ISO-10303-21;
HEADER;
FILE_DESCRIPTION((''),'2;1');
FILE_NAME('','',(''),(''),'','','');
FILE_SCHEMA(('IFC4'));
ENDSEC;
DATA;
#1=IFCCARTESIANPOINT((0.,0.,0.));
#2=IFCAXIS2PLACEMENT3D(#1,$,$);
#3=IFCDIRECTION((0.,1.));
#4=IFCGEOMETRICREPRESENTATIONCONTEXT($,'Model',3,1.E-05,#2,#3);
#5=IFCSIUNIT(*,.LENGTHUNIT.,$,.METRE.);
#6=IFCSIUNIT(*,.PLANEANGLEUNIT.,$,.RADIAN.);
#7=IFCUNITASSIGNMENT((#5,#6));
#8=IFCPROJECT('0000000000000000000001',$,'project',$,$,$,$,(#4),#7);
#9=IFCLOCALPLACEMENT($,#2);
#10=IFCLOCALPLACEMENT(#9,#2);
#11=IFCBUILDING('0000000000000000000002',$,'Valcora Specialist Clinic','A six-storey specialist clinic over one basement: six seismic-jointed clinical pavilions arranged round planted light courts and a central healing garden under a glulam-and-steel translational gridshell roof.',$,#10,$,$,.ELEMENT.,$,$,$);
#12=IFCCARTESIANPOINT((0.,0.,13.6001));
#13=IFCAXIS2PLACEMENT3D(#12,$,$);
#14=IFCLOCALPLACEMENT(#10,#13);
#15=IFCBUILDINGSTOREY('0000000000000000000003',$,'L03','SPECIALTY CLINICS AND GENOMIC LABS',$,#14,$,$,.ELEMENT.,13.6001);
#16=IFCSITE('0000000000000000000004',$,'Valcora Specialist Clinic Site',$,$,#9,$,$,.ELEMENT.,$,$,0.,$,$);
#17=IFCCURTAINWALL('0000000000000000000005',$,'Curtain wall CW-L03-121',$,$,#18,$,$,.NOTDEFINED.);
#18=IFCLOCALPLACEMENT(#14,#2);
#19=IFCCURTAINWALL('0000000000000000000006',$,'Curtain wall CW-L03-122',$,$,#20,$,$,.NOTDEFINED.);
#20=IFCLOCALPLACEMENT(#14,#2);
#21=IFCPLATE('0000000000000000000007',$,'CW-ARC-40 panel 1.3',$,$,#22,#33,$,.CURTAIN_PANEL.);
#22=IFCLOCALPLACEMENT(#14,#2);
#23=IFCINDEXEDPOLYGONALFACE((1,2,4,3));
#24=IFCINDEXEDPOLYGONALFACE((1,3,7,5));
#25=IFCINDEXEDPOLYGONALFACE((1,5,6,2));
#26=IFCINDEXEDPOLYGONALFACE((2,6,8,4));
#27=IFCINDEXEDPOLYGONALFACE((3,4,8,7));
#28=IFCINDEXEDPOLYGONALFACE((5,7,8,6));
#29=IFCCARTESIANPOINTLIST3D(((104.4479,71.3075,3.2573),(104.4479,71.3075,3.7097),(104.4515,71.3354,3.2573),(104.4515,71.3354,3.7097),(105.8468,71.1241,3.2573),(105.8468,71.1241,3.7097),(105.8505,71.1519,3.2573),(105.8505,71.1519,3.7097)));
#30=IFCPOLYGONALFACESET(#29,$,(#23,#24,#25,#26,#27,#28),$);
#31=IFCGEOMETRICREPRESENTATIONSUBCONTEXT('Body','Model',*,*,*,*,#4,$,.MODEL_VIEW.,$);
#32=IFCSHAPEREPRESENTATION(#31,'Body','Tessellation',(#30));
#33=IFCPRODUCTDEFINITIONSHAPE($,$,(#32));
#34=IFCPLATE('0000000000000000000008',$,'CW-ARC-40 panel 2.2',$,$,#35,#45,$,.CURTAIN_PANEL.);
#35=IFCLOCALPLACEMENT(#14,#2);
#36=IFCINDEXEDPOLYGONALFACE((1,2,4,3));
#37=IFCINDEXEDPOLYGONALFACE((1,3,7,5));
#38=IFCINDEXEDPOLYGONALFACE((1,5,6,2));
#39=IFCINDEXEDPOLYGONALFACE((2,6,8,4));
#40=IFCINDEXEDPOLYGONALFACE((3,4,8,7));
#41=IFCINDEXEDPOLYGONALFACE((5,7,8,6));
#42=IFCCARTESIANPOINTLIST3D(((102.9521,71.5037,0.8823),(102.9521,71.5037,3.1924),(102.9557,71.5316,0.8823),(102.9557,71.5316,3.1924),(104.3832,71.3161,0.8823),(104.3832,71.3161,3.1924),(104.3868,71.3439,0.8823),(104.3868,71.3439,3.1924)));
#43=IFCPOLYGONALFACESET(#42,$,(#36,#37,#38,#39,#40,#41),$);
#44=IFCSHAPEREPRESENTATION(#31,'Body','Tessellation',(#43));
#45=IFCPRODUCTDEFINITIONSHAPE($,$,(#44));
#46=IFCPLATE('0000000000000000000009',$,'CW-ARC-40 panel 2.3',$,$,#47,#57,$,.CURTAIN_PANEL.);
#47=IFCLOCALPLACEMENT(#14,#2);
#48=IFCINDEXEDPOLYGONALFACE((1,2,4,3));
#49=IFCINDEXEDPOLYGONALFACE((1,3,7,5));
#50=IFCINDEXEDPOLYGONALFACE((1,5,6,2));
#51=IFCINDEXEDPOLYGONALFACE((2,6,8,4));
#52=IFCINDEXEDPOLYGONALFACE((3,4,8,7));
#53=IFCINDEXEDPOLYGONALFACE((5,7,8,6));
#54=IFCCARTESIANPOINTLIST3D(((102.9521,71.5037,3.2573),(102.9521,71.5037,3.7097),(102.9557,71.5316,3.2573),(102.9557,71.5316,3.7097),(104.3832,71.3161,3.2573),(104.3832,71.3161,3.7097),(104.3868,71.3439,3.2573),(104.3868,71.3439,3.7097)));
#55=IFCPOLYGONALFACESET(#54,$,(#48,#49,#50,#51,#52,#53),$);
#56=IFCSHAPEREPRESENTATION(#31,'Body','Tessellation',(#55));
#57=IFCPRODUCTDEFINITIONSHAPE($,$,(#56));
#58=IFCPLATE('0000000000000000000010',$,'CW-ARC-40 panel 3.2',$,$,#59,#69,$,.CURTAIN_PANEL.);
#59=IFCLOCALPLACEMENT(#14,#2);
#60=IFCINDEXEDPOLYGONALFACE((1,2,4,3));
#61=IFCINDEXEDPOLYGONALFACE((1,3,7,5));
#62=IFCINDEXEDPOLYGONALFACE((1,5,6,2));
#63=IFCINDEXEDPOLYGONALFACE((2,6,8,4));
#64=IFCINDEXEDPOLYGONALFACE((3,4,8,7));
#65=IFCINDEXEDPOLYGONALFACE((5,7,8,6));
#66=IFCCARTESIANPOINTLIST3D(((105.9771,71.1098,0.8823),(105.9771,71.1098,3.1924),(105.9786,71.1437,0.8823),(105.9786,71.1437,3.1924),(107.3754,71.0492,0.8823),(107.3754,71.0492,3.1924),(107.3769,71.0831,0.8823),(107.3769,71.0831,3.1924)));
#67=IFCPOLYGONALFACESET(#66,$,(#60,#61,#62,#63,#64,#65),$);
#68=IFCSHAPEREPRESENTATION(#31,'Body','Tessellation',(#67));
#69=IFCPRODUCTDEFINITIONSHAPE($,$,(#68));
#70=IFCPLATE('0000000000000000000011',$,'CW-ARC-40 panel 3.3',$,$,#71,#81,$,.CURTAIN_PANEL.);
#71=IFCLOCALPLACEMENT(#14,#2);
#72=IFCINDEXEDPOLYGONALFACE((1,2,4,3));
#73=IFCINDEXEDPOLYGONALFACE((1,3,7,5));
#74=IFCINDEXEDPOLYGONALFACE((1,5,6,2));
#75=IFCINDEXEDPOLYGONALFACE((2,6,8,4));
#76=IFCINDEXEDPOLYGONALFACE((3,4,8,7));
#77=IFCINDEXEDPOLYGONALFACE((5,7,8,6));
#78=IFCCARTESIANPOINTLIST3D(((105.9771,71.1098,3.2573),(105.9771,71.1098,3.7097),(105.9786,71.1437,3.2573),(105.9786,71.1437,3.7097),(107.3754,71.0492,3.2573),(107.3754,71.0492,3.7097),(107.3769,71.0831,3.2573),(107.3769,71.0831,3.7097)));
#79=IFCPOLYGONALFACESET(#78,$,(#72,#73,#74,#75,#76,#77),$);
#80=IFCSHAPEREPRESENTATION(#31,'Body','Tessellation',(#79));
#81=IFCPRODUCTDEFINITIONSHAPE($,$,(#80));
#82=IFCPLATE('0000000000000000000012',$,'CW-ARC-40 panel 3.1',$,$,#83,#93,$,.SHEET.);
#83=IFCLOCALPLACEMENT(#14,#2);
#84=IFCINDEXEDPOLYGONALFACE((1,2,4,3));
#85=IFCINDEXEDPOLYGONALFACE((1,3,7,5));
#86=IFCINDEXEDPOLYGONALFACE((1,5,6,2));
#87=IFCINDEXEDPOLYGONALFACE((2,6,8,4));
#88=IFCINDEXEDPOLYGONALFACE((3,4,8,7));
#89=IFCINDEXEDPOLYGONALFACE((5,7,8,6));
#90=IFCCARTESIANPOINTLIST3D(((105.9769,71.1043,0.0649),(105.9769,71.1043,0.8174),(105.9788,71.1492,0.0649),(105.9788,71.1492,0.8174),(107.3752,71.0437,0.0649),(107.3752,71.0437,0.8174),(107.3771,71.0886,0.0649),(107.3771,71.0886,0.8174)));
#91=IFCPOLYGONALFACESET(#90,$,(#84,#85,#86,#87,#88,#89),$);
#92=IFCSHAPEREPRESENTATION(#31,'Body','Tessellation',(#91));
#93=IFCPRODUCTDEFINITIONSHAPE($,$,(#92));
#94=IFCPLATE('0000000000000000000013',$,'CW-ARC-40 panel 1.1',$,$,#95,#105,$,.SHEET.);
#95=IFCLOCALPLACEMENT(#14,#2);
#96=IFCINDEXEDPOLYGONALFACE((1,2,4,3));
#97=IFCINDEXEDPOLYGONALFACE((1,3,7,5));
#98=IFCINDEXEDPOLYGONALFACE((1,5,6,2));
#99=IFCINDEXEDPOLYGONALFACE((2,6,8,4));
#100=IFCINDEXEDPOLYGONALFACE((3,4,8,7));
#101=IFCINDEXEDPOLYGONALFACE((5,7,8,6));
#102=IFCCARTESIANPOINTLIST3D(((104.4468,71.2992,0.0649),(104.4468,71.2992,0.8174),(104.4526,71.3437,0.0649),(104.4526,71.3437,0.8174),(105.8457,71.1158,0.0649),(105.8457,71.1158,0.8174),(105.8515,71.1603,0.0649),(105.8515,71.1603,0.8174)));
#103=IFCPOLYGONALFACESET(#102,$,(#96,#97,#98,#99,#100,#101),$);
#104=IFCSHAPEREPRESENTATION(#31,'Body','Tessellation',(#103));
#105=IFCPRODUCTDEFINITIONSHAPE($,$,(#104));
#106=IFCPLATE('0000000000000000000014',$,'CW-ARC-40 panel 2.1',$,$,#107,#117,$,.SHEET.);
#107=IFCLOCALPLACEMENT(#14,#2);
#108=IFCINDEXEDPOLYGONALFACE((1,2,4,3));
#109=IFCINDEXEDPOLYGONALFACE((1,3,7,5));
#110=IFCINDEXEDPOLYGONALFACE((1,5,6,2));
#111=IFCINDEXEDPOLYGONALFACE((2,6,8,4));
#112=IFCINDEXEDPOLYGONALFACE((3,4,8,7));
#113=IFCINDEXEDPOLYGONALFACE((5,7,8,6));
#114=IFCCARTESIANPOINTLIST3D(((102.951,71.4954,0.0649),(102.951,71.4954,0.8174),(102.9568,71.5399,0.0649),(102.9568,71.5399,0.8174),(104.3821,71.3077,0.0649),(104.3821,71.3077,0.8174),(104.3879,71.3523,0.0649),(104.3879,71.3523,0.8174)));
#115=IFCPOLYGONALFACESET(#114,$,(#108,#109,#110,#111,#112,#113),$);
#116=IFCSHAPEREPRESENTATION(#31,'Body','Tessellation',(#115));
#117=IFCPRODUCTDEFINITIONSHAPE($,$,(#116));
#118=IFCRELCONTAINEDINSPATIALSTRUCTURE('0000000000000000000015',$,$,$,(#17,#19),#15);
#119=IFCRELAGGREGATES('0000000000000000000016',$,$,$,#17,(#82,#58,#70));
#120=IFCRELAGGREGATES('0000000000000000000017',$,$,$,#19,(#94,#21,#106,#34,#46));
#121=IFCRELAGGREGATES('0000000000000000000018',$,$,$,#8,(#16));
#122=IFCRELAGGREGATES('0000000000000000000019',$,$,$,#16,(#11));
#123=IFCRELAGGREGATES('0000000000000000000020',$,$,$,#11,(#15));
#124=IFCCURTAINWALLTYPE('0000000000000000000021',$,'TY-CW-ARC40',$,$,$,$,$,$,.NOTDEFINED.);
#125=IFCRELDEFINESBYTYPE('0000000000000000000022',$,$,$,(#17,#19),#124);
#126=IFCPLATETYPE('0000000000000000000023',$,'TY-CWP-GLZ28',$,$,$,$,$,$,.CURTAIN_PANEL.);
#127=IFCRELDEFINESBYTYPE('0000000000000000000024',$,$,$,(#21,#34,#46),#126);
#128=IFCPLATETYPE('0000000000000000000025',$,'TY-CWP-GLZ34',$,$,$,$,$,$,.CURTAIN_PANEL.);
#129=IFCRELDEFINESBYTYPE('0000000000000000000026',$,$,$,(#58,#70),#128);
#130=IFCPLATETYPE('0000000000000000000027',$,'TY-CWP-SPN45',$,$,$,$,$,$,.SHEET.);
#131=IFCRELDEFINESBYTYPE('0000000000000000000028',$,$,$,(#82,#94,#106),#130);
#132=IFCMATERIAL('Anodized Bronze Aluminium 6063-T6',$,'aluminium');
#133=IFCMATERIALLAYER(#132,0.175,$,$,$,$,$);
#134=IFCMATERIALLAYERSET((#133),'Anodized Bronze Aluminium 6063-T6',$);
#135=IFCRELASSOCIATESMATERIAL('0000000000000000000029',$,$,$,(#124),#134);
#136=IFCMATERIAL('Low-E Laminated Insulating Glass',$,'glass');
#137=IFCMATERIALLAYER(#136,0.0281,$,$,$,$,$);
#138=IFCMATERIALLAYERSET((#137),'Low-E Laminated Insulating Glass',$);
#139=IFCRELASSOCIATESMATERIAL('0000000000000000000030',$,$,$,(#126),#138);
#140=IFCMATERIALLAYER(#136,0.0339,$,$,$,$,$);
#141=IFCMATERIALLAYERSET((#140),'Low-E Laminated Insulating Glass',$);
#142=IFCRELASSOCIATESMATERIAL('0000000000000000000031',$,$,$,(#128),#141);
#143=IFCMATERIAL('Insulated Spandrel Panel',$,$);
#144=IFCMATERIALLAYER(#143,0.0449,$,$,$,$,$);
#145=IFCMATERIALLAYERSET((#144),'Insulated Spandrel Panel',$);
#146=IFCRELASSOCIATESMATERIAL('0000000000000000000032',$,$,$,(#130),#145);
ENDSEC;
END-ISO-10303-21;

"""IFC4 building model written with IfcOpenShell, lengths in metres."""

from ifc_helpers import new_model, si_unit, direction, frame, origin, origin_2d, place, context, subcontext, project, spatial, rectangle, extrude, material, layer, layer_set, type_object, element, aggregate, save


model = new_model("IFC4")

# Units and contexts
model_context = context("Model", 3, precision=1e-05, world=origin(), true_north=direction((0.0, 1.0)))
body_context = subcontext(model_context, "Body", "Model", "MODEL_VIEW")
ifc_project = project(units=[si_unit("LENGTHUNIT", "METRE"), si_unit("PLANEANGLEUNIT", "RADIAN")], contexts=[model_context])

# Site, building, storey
site_placement = place(None, origin())
site = spatial("IfcSite", under=ifc_project, at=site_placement, Name="Valcora Specialist Clinic Site", CompositionType="ELEMENT", RefElevation=0.0)
building_placement = place(site_placement, origin())
building = spatial("IfcBuilding", under=site, at=building_placement, Name="Valcora Specialist Clinic", Description="A six-storey specialist clinic over one basement: six seismic-jointed clinical pavilions arranged round planted light courts and a central healing garden under a glulam-and-steel translational gridshell roof.", CompositionType="ELEMENT")
storey_placement = place(building_placement, frame((0.0, 0.0, 13.6001)))
storey = spatial("IfcBuildingStorey", under=building, at=storey_placement, Name="L03", Description="SPECIALTY CLINICS AND GENOMIC LABS", CompositionType="ELEMENT", Elevation=13.6001)

# Curtain wall
ifc_material_1 = material(Name="Anodized Bronze Aluminium 6063-T6", Category="aluminium")
ifc_layer_1 = layer(ifc_material_1, 0.175)
ifc_layer_set_1 = layer_set([ifc_layer_1], Name="Anodized Bronze Aluminium 6063-T6")
curtain_wall_type = type_object("IfcCurtainWallType", Name="TY-CW-ARC40", PredefinedType="NOTDEFINED", material=ifc_layer_set_1)
curtain_wall_1_placement = place(storey_placement, origin())
curtain_wall_1 = element("IfcCurtainWall", 1, at=curtain_wall_1_placement, inside=storey, type_object=curtain_wall_type, Name="Curtain wall CW-L03-121", PredefinedType="NOTDEFINED")

# Curtain wall
curtain_wall_2_placement = place(storey_placement, origin())
curtain_wall_2 = element("IfcCurtainWall", 2, at=curtain_wall_2_placement, inside=storey, type_object=curtain_wall_type, Name="Curtain wall CW-L03-122", PredefinedType="NOTDEFINED")

# Plates
ifc_material_2 = material(Name="Low-E Laminated Insulating Glass", Category="glass")
ifc_layer_2 = layer(ifc_material_2, 0.0281)
ifc_layer_set_2 = layer_set([ifc_layer_2], Name="Low-E Laminated Insulating Glass")
plate_type_1 = type_object("IfcPlateType", Name="TY-CWP-GLZ28", PredefinedType="CURTAIN_PANEL", material=ifc_layer_set_2)
plate_1_placement = place(storey_placement, frame((105.1492, 71.2297, 3.2573), z_axis=(0.0, 0.0, 1.0), x_axis=(-0.991514, 0.129999, 0.0)))
plate_1 = element("IfcPlate", 3, at=plate_1_placement, type_object=plate_type_1, Name="CW-ARC-40 panel 1.3", PredefinedType="CURTAIN_PANEL", context=body_context, shape_type="SweptSolid", body=[
    extrude(rectangle(XDim=1.4109, YDim=0.0281, at=origin_2d()), origin(), (0.0, 0.0, 1.0), 0.4524),
])
plate_2_placement = place(storey_placement, frame((103.6694, 71.4238, 0.8823), z_axis=(0.0, 0.0, 1.0), x_axis=(-0.991514, 0.129999, 0.0)))
plate_2 = element("IfcPlate", 4, at=plate_2_placement, type_object=plate_type_1, Name="CW-ARC-40 panel 2.2", PredefinedType="CURTAIN_PANEL", context=body_context, shape_type="SweptSolid", body=[
    extrude(rectangle(XDim=1.4434, YDim=0.0281, at=origin_2d()), origin(), (0.0, 0.0, 1.0), 2.3101),
])
plate_3_placement = place(storey_placement, frame((103.6694, 71.4238, 3.2573), z_axis=(0.0, 0.0, 1.0), x_axis=(-0.991514, 0.129999, 0.0)))
plate_3 = element("IfcPlate", 5, at=plate_3_placement, type_object=plate_type_1, Name="CW-ARC-40 panel 2.3", PredefinedType="CURTAIN_PANEL", context=body_context, shape_type="SweptSolid", body=[
    extrude(rectangle(XDim=1.4434, YDim=0.0281, at=origin_2d()), origin(), (0.0, 0.0, 1.0), 0.4524),
])
ifc_layer_3 = layer(ifc_material_2, 0.0339)
ifc_layer_set_3 = layer_set([ifc_layer_3], Name="Low-E Laminated Insulating Glass")
plate_type_2 = type_object("IfcPlateType", Name="TY-CWP-GLZ34", PredefinedType="CURTAIN_PANEL", material=ifc_layer_set_3)
plate_4_placement = place(storey_placement, frame((106.677, 71.0964, 0.8823), z_axis=(0.0, 0.0, 1.0), x_axis=(-0.999062, 0.043307, 0.0)))
plate_4 = element("IfcPlate", 6, at=plate_4_placement, type_object=plate_type_2, Name="CW-ARC-40 panel 3.2", PredefinedType="CURTAIN_PANEL", context=body_context, shape_type="SweptSolid", body=[
    extrude(rectangle(XDim=1.3997, YDim=0.0339, at=origin_2d()), origin(), (0.0, 0.0, 1.0), 2.3101),
])
plate_5_placement = place(storey_placement, frame((106.677, 71.0964, 3.2573), z_axis=(0.0, 0.0, 1.0), x_axis=(-0.999062, 0.043307, 0.0)))
plate_5 = element("IfcPlate", 7, at=plate_5_placement, type_object=plate_type_2, Name="CW-ARC-40 panel 3.3", PredefinedType="CURTAIN_PANEL", context=body_context, shape_type="SweptSolid", body=[
    extrude(rectangle(XDim=1.3997, YDim=0.0339, at=origin_2d()), origin(), (0.0, 0.0, 1.0), 0.4524),
])
ifc_material_3 = material(Name="Insulated Spandrel Panel")
ifc_layer_4 = layer(ifc_material_3, 0.0449)
ifc_layer_set_4 = layer_set([ifc_layer_4], Name="Insulated Spandrel Panel")
plate_type_3 = type_object("IfcPlateType", Name="TY-CWP-SPN45", PredefinedType="SHEET", material=ifc_layer_set_4)
plate_6_placement = place(storey_placement, frame((106.677, 71.0964, 0.0649), z_axis=(0.0, 0.0, 1.0), x_axis=(-0.999062, 0.043307, 0.0)))
plate_6 = element("IfcPlate", 8, at=plate_6_placement, type_object=plate_type_3, Name="CW-ARC-40 panel 3.1", PredefinedType="SHEET", context=body_context, shape_type="SweptSolid", body=[
    extrude(rectangle(XDim=1.3997, YDim=0.0449, at=origin_2d()), origin(), (0.0, 0.0, 1.0), 0.7524),
])
aggregate(curtain_wall_1, [plate_6, plate_4, plate_5])
plate_7_placement = place(storey_placement, frame((105.1492, 71.2297, 0.0649), z_axis=(0.0, 0.0, 1.0), x_axis=(-0.991514, 0.129999, 0.0)))
plate_7 = element("IfcPlate", 9, at=plate_7_placement, type_object=plate_type_3, Name="CW-ARC-40 panel 1.1", PredefinedType="SHEET", context=body_context, shape_type="SweptSolid", body=[
    extrude(rectangle(XDim=1.4109, YDim=0.0449, at=origin_2d()), origin(), (0.0, 0.0, 1.0), 0.7524),
])
plate_8_placement = place(storey_placement, frame((103.6694, 71.4238, 0.0649), z_axis=(0.0, 0.0, 1.0), x_axis=(-0.991514, 0.129999, 0.0)))
plate_8 = element("IfcPlate", 10, at=plate_8_placement, type_object=plate_type_3, Name="CW-ARC-40 panel 2.1", PredefinedType="SHEET", context=body_context, shape_type="SweptSolid", body=[
    extrude(rectangle(XDim=1.4434, YDim=0.0449, at=origin_2d()), origin(), (0.0, 0.0, 1.0), 0.7524),
])
aggregate(curtain_wall_2, [plate_7, plate_1, plate_8, plate_2, plate_3])

save(model, "model.ifc")
